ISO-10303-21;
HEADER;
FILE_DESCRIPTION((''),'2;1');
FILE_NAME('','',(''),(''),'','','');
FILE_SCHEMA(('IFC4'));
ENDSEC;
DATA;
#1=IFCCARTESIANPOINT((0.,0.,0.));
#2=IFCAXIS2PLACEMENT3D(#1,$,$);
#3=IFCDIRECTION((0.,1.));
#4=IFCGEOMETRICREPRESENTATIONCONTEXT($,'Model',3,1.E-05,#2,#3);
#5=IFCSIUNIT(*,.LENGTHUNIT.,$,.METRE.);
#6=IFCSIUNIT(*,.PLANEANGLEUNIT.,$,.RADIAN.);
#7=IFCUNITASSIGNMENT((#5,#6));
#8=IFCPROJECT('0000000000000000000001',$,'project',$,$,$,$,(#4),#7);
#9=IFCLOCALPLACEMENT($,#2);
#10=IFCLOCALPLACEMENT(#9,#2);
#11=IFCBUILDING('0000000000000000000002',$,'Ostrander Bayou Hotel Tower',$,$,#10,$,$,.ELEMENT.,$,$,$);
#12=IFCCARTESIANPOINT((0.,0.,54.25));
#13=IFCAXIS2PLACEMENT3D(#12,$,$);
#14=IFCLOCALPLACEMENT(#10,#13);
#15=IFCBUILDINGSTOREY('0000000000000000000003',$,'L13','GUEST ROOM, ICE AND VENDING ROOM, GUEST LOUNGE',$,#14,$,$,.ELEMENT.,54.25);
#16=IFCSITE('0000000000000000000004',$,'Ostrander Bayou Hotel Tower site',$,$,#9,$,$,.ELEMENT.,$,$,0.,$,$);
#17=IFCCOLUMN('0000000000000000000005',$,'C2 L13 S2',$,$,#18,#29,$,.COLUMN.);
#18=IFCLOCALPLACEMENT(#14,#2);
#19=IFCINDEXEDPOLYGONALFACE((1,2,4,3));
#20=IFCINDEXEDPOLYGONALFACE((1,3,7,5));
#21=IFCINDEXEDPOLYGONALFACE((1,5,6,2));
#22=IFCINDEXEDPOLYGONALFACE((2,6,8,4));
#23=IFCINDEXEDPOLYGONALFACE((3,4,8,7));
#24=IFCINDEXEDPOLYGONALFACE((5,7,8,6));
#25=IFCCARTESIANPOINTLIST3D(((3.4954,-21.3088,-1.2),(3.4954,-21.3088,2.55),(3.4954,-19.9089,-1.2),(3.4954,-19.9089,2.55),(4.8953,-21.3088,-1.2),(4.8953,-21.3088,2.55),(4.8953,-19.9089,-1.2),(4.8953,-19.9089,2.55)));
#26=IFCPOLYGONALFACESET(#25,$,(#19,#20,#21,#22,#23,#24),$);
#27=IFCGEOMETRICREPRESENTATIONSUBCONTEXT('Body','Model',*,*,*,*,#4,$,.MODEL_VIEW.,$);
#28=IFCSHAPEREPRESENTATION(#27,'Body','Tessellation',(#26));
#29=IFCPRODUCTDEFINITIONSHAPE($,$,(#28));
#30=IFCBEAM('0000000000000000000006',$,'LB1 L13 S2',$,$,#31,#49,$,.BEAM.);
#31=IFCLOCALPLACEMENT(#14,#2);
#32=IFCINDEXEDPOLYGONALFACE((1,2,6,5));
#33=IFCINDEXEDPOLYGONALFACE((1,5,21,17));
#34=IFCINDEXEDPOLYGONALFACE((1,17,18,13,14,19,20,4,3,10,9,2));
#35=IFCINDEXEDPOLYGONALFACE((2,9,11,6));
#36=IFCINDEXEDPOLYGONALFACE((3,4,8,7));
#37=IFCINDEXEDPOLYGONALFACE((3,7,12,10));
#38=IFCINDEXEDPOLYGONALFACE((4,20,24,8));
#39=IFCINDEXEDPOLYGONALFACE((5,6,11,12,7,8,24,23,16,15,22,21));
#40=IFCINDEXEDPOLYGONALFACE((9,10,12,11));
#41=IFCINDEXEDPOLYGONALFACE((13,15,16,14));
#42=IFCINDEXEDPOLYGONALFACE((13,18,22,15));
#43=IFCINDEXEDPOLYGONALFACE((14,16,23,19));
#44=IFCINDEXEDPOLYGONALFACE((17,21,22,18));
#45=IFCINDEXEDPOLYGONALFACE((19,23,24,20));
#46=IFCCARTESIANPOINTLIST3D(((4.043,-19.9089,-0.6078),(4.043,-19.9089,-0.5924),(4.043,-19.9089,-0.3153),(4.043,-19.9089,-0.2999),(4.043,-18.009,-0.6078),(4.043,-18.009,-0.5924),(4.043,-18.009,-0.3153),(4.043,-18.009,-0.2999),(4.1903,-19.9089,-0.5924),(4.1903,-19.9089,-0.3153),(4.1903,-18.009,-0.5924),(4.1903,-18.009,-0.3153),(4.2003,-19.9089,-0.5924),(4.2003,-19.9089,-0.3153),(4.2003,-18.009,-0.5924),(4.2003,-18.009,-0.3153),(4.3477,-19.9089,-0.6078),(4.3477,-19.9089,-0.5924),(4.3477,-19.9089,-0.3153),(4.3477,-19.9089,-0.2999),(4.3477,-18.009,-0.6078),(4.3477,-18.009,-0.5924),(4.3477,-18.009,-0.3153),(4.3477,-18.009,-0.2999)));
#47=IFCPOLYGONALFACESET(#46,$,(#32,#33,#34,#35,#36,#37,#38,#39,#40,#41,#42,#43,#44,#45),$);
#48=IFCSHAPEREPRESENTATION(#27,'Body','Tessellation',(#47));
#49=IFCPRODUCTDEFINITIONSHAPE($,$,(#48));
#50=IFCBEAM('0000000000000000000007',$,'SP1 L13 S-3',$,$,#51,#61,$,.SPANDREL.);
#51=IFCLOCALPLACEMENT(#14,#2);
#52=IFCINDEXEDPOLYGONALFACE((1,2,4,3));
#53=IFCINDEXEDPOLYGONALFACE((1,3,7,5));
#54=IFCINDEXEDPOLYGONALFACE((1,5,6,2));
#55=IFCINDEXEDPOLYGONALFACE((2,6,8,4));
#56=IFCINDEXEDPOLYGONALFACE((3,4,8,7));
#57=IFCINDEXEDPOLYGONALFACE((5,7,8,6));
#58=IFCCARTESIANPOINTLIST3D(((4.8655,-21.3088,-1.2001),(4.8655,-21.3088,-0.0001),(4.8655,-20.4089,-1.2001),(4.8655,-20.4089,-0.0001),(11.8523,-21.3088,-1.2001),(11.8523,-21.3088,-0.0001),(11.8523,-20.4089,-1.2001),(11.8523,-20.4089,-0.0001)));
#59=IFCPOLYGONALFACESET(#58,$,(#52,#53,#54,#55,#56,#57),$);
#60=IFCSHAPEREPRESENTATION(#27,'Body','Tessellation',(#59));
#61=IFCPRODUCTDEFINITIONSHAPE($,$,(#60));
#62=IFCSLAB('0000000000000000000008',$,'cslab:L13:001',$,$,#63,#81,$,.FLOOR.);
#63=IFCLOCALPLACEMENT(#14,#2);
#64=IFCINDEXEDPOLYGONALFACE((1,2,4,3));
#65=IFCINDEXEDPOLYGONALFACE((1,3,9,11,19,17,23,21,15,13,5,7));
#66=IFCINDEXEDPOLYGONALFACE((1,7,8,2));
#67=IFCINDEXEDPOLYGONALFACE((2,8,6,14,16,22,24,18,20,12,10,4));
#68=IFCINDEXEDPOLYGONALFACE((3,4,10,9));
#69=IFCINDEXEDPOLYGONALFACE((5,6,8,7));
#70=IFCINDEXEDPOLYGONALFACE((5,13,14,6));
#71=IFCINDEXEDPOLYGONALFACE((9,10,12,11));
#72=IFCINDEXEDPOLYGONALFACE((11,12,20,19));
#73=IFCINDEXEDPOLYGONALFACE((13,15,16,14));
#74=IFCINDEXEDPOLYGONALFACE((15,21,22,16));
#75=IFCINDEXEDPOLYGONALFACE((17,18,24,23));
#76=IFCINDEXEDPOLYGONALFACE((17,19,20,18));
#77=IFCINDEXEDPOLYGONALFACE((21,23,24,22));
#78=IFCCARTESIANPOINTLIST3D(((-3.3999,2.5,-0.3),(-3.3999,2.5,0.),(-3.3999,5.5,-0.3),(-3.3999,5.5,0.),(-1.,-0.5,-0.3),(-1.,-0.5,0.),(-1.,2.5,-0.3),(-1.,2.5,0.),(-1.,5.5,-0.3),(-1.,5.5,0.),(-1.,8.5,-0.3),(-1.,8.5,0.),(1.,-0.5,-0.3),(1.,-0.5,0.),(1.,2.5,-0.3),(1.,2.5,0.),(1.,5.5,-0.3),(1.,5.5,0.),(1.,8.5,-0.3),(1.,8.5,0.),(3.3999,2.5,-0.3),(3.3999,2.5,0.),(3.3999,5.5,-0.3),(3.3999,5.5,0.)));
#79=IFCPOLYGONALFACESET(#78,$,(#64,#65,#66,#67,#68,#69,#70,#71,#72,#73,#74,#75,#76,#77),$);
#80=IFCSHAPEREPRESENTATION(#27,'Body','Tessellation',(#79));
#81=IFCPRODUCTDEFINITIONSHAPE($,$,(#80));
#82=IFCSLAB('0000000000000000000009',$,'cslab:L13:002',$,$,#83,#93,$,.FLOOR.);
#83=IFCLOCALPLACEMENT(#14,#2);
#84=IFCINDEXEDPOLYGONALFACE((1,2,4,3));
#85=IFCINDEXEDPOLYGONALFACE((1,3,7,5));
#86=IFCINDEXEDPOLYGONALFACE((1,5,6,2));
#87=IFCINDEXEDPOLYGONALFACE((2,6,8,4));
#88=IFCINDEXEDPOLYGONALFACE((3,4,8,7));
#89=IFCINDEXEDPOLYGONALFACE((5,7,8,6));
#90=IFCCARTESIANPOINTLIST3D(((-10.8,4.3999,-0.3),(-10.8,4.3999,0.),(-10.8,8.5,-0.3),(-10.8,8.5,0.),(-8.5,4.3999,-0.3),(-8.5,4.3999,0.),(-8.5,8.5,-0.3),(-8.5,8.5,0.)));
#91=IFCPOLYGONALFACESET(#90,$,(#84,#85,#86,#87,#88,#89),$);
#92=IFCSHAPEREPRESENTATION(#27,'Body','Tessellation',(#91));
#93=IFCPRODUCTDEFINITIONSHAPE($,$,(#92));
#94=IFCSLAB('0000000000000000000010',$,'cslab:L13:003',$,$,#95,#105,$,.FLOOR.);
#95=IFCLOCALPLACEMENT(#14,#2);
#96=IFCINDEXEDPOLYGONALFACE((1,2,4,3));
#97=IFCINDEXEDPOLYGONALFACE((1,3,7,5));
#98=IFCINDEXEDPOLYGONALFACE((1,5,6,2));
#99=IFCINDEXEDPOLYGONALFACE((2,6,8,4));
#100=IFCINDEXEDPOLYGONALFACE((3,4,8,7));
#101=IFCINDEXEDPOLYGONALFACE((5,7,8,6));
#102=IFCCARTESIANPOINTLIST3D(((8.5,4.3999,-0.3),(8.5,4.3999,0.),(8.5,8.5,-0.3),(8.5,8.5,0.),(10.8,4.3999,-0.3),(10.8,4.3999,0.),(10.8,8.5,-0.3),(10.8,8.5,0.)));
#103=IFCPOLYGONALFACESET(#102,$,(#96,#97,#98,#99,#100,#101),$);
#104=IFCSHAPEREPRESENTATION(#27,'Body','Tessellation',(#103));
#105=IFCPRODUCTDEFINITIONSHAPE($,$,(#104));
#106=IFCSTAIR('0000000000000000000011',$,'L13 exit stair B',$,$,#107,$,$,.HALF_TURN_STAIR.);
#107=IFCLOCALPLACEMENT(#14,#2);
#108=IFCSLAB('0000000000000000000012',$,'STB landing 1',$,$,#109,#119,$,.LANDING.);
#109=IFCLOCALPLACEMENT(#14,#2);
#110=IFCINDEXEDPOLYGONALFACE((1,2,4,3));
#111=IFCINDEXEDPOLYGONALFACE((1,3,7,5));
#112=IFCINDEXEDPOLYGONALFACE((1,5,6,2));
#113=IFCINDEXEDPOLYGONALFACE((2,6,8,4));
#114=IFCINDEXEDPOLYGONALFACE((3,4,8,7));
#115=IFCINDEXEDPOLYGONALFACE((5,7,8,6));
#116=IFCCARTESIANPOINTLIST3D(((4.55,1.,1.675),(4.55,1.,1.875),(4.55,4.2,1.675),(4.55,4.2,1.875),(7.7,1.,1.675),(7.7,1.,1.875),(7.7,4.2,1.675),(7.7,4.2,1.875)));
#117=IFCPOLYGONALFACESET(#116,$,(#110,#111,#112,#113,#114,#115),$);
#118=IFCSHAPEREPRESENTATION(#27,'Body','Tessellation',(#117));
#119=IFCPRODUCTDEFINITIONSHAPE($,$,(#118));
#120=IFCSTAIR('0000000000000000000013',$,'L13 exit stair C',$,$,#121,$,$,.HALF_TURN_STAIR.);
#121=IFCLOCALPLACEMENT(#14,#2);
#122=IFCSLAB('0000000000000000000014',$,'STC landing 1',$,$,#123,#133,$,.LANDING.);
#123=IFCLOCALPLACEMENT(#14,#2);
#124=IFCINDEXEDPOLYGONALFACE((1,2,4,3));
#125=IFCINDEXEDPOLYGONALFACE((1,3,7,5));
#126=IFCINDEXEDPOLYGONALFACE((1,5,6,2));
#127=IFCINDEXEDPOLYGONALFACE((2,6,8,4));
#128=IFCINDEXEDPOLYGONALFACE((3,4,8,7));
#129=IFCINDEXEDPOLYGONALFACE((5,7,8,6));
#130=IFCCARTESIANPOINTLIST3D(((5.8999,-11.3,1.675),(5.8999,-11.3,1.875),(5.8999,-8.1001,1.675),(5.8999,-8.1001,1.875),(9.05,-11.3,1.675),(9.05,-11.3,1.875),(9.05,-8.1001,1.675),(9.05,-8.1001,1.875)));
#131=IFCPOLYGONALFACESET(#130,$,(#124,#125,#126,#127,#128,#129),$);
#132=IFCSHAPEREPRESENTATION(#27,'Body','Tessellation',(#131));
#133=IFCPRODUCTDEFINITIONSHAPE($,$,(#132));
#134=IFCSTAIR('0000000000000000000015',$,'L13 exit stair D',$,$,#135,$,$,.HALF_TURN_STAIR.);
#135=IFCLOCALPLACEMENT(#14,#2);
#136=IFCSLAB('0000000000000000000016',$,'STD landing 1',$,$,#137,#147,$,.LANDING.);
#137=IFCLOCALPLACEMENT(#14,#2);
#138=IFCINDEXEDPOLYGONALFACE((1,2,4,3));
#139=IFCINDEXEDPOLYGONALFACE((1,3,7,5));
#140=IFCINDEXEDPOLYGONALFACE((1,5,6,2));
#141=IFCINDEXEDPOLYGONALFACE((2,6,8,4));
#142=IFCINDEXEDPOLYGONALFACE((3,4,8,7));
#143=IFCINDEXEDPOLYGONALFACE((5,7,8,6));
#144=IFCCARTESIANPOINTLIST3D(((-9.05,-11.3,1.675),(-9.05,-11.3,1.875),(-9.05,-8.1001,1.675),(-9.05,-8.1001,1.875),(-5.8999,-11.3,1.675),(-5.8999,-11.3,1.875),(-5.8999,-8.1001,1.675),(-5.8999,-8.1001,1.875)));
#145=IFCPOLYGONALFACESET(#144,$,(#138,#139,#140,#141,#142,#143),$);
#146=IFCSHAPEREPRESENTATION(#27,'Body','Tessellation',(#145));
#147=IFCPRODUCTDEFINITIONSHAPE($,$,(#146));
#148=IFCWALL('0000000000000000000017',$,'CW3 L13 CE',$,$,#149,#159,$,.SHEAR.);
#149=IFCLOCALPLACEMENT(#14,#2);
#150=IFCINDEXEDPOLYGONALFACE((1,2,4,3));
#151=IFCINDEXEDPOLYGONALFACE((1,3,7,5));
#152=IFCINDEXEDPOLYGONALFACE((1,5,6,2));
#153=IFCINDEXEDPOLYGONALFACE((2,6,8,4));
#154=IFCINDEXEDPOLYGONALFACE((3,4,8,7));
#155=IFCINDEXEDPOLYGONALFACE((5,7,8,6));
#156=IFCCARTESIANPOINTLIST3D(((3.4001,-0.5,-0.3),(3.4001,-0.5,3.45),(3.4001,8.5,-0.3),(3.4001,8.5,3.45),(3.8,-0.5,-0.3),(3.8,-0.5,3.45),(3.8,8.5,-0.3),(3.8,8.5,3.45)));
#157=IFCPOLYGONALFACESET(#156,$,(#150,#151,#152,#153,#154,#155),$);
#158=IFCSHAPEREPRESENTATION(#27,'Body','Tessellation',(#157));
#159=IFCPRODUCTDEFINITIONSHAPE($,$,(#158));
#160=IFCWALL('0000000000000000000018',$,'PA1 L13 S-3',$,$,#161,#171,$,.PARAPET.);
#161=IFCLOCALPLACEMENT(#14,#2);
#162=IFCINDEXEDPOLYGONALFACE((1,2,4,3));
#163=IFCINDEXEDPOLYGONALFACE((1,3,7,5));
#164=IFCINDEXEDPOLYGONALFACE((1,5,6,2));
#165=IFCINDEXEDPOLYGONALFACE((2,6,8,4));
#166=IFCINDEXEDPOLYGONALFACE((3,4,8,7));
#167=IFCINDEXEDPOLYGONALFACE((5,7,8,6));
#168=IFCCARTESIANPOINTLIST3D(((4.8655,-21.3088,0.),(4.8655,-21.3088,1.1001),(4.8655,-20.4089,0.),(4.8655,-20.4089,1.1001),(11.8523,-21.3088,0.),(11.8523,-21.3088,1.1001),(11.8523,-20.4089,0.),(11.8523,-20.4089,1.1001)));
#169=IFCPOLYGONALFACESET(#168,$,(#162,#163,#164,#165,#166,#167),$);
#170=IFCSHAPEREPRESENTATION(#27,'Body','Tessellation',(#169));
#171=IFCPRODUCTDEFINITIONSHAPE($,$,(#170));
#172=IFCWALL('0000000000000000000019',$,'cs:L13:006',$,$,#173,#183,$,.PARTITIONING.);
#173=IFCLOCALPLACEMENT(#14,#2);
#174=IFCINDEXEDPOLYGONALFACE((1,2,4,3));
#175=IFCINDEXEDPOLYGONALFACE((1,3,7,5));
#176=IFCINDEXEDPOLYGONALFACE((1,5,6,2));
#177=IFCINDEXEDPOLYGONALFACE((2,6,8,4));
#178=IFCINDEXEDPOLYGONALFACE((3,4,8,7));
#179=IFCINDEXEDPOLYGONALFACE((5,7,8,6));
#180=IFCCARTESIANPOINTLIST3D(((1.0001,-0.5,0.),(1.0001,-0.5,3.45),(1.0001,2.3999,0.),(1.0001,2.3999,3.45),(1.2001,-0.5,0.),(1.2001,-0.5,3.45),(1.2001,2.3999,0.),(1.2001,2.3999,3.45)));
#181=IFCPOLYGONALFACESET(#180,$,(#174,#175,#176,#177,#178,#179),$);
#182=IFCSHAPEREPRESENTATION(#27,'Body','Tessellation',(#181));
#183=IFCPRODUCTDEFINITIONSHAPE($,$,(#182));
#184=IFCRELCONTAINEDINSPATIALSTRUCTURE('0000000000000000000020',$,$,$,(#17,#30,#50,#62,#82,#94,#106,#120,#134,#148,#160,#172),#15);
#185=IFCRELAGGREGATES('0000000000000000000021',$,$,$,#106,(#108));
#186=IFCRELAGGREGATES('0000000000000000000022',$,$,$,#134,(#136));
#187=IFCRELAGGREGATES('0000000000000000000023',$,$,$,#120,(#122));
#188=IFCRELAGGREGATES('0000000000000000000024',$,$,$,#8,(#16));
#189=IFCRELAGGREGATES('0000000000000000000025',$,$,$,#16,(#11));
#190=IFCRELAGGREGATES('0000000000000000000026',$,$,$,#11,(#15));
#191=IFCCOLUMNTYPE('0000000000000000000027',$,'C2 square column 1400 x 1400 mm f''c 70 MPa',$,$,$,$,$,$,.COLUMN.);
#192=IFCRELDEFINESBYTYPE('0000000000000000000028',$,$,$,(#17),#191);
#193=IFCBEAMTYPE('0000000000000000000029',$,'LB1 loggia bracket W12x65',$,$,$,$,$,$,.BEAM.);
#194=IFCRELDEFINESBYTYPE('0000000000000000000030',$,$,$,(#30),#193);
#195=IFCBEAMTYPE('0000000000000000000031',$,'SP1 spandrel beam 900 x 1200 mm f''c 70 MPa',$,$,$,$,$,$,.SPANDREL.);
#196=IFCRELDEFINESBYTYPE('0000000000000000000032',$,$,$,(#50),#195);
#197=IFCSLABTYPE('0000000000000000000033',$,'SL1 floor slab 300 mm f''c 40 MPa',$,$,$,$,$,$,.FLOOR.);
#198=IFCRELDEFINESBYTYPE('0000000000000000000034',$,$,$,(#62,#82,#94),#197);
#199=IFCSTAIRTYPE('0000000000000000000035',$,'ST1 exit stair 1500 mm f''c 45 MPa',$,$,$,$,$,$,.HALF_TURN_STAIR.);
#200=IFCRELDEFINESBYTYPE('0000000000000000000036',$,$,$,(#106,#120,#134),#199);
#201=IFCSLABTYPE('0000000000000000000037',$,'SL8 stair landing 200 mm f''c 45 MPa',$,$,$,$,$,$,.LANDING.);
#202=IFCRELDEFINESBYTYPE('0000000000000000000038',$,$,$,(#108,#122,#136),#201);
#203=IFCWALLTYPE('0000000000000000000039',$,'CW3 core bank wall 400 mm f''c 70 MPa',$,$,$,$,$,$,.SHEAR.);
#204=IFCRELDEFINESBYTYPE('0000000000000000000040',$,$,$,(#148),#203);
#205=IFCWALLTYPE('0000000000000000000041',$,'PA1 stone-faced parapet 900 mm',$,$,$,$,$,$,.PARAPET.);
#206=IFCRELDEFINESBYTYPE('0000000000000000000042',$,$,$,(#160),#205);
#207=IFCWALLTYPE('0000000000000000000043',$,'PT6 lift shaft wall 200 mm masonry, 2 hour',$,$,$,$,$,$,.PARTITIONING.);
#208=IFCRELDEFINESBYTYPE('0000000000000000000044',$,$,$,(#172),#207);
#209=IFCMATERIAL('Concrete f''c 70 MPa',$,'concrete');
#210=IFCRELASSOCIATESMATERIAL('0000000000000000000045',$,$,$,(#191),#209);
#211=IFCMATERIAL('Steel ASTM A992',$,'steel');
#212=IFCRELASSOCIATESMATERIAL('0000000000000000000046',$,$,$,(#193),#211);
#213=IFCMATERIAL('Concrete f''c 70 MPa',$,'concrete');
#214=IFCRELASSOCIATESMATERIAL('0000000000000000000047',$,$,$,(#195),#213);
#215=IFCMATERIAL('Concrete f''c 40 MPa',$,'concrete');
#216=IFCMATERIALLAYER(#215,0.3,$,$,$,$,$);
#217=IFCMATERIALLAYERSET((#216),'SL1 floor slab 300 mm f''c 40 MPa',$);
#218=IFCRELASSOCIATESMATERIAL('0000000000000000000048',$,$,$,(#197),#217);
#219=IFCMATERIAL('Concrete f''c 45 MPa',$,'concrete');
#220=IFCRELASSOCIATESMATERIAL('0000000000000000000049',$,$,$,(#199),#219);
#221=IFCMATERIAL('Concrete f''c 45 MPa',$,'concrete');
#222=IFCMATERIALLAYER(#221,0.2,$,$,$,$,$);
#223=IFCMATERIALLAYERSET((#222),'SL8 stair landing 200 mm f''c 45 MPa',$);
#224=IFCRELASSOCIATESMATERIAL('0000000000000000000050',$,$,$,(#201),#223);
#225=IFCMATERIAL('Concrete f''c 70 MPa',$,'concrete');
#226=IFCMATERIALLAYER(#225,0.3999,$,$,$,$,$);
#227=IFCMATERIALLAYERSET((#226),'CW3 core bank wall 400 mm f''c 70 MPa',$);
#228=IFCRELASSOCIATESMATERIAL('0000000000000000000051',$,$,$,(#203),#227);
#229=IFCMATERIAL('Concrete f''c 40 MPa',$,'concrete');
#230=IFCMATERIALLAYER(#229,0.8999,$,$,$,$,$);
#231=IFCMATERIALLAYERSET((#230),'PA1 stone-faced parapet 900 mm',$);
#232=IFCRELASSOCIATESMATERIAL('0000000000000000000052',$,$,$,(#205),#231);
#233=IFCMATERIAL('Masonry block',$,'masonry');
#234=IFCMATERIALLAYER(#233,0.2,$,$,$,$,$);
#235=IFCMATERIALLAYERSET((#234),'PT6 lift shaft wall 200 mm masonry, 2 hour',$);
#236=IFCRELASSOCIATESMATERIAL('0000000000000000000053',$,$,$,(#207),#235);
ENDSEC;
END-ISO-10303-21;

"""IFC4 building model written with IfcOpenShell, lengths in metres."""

from ifc_helpers import new_model, si_unit, direction, frame, frame_2d, origin, origin_2d, place, context, subcontext, project, spatial, polyline, rectangle, i_section, outline, extrude, material, layer, layer_set, material_profile, profile_set, type_object, element, aggregate, save


model = new_model("IFC4")

# Units and contexts
model_context = context("Model", 3, precision=1e-05, world=origin(), true_north=direction((0.0, 1.0)))
body_context = subcontext(model_context, "Body", "Model", "MODEL_VIEW")
ifc_project = project(units=[si_unit("LENGTHUNIT", "METRE"), si_unit("PLANEANGLEUNIT", "RADIAN")], contexts=[model_context])

# Site, building, storey
site_placement = place(None, origin())
site = spatial("IfcSite", under=ifc_project, at=site_placement, Name="Ostrander Bayou Hotel Tower site", CompositionType="ELEMENT", RefElevation=0.0)
building_placement = place(site_placement, origin())
building = spatial("IfcBuilding", under=site, at=building_placement, Name="Ostrander Bayou Hotel Tower", CompositionType="ELEMENT")
storey_placement = place(building_placement, frame((0.0, 0.0, 54.25)))
storey = spatial("IfcBuildingStorey", under=building, at=storey_placement, Name="L13", Description="GUEST ROOM, ICE AND VENDING ROOM, GUEST LOUNGE", CompositionType="ELEMENT", Elevation=54.25)

# Column
ifc_material_1 = material(Name="Concrete f'c 70 MPa", Category="concrete")
ifc_material_profile_1 = material_profile(ifc_material_1, rectangle(XDim=1.3999, YDim=1.3999, at=origin_2d()))
ifc_profile_set_1 = profile_set([ifc_material_profile_1], Name="Concrete f'c 70 MPa")
column_type = type_object("IfcColumnType", Name="C2 square column 1400 x 1400 mm f'c 70 MPa", PredefinedType="COLUMN", material=ifc_profile_set_1)
column_placement = place(storey_placement, frame((4.1953, -20.6089, -1.2), z_axis=(0.0, 0.0, 1.0), x_axis=(-1.0, 0.0, 0.0)))
element("IfcColumn", 1, at=column_placement, inside=storey, type_object=column_type, Name="C2 L13 S2", PredefinedType="COLUMN", context=body_context, shape_type="SweptSolid", body=[
    extrude(rectangle(XDim=1.3999, YDim=1.3999, at=origin_2d()), origin(), (0.0, 0.0, 1.0), 3.75),
])

# Beams
ifc_material_2 = material(Name="Steel ASTM A992", Category="steel")
ifc_material_profile_2 = material_profile(ifc_material_2, i_section(OverallWidth=0.3047, OverallDepth=0.3079, WebThickness=0.01, FlangeThickness=0.0154, at=origin_2d()))
ifc_profile_set_2 = profile_set([ifc_material_profile_2], Name="Steel ASTM A992")
beam_type_1 = type_object("IfcBeamType", Name="LB1 loggia bracket W12x65", PredefinedType="BEAM", material=ifc_profile_set_2)
beam_1_placement = place(storey_placement, frame((4.1953, -19.9089, -0.4539), z_axis=(0.0, 1.0, 0.0), x_axis=(-1.0, 0.0, 0.0)))
element("IfcBeam", 2, at=beam_1_placement, inside=storey, type_object=beam_type_1, Name="LB1 L13 S2", PredefinedType="BEAM", context=body_context, shape_type="SweptSolid", body=[
    extrude(i_section(OverallWidth=0.3047, OverallDepth=0.3079, WebThickness=0.01, FlangeThickness=0.0154, at=origin_2d()), origin(), (0.0, 0.0, 1.0), 1.8999),
])
ifc_material_3 = material(Name="Concrete f'c 70 MPa", Category="concrete")
ifc_material_profile_3 = material_profile(ifc_material_3, rectangle(XDim=0.8999, YDim=1.2, at=origin_2d()))
ifc_profile_set_3 = profile_set([ifc_material_profile_3], Name="Concrete f'c 70 MPa")
beam_type_2 = type_object("IfcBeamType", Name="SP1 spandrel beam 900 x 1200 mm f'c 70 MPa", PredefinedType="SPANDREL", material=ifc_profile_set_3)
beam_2_placement = place(storey_placement, frame((4.8655, -20.8589, -0.6001), z_axis=(1.0, 0.0, 0.0), x_axis=(0.0, 1.0, 0.0)))
element("IfcBeam", 3, at=beam_2_placement, inside=storey, type_object=beam_type_2, Name="SP1 L13 S-3", PredefinedType="SPANDREL", context=body_context, shape_type="SweptSolid", body=[
    extrude(rectangle(XDim=0.8999, YDim=1.2, at=origin_2d()), origin(), (0.0, 0.0, 1.0), 6.9868),
])

# Slabs
ifc_material_4 = material(Name="Concrete f'c 40 MPa", Category="concrete")
ifc_layer_1 = layer(ifc_material_4, 0.3)
ifc_layer_set_1 = layer_set([ifc_layer_1], Name="SL1 floor slab 300 mm f'c 40 MPa")
slab_type_1 = type_object("IfcSlabType", Name="SL1 floor slab 300 mm f'c 40 MPa", PredefinedType="FLOOR", material=ifc_layer_set_1)
slab_1_placement = place(storey_placement, frame((0.0, 0.0, -0.3)))
element("IfcSlab", 4, at=slab_1_placement, inside=storey, type_object=slab_type_1, Name="cslab:L13:001", PredefinedType="FLOOR", context=body_context, shape_type="SweptSolid", body=[
    extrude(outline(polyline([(-3.3999, 5.5), (-1.0, 5.5), (-1.0, 8.5), (1.0, 8.5), (1.0, 5.5), (3.3999, 5.5), (3.3999, 2.5), (1.0, 2.5), (1.0, -0.5), (-1.0, -0.5), (-1.0, 2.5), (-3.3999, 2.5), (-3.3999, 5.5)])), origin(), (0.0, 0.0, 1.0), 0.3),
])
slab_2_placement = place(storey_placement, frame((0.0, 0.0, -0.3)))
element("IfcSlab", 5, at=slab_2_placement, inside=storey, type_object=slab_type_1, Name="cslab:L13:002", PredefinedType="FLOOR", context=body_context, shape_type="SweptSolid", body=[
    extrude(outline(polyline([(-8.5, 4.3999), (-8.5, 8.5), (-10.8, 8.5), (-10.8, 4.3999), (-8.5, 4.3999)])), origin(), (0.0, 0.0, 1.0), 0.3),
])
slab_3_placement = place(storey_placement, frame((0.0, 0.0, -0.3)))
element("IfcSlab", 6, at=slab_3_placement, inside=storey, type_object=slab_type_1, Name="cslab:L13:003", PredefinedType="FLOOR", context=body_context, shape_type="SweptSolid", body=[
    extrude(outline(polyline([(10.8, 4.3999), (10.8, 8.5), (8.5, 8.5), (8.5, 4.3999), (10.8, 4.3999)])), origin(), (0.0, 0.0, 1.0), 0.3),
])

# Stairs, slabs
ifc_material_5 = material(Name="Concrete f'c 45 MPa", Category="concrete")
stair_type = type_object("IfcStairType", Name="ST1 exit stair 1500 mm f'c 45 MPa", PredefinedType="HALF_TURN_STAIR", material=ifc_material_5)
stair_1_placement = place(storey_placement, origin())
stair_1 = element("IfcStair", 7, at=stair_1_placement, inside=storey, type_object=stair_type, Name="L13 exit stair B", PredefinedType="HALF_TURN_STAIR")
ifc_material_6 = material(Name="Concrete f'c 45 MPa", Category="concrete")
ifc_layer_2 = layer(ifc_material_6, 0.2)
ifc_layer_set_2 = layer_set([ifc_layer_2], Name="SL8 stair landing 200 mm f'c 45 MPa")
slab_type_2 = type_object("IfcSlabType", Name="SL8 stair landing 200 mm f'c 45 MPa", PredefinedType="LANDING", material=ifc_layer_set_2)
slab_4_placement = place(storey_placement, frame((0.0, 0.0, 1.675)))
slab_4 = element("IfcSlab", 8, at=slab_4_placement, type_object=slab_type_2, Name="STB landing 1", PredefinedType="LANDING", context=body_context, shape_type="SweptSolid", body=[
    extrude(outline(polyline([(4.55, 4.2), (4.55, 1.0), (7.7, 1.0), (7.7, 4.2), (4.55, 4.2)])), origin(), (0.0, 0.0, 1.0), 0.2),
])
aggregate(stair_1, [slab_4])
stair_2_placement = place(storey_placement, origin())
stair_2 = element("IfcStair", 9, at=stair_2_placement, inside=storey, type_object=stair_type, Name="L13 exit stair C", PredefinedType="HALF_TURN_STAIR")
slab_5_placement = place(storey_placement, frame((0.0, 0.0, 1.675)))
slab_5 = element("IfcSlab", 10, at=slab_5_placement, type_object=slab_type_2, Name="STC landing 1", PredefinedType="LANDING", context=body_context, shape_type="SweptSolid", body=[
    extrude(outline(polyline([(5.8999, -8.1001), (5.8999, -11.3), (9.05, -11.3), (9.05, -8.1001), (5.8999, -8.1001)])), origin(), (0.0, 0.0, 1.0), 0.2),
])
stair_3_placement = place(storey_placement, origin())
stair_3 = element("IfcStair", 11, at=stair_3_placement, inside=storey, type_object=stair_type, Name="L13 exit stair D", PredefinedType="HALF_TURN_STAIR")
slab_6_placement = place(storey_placement, frame((0.0, 0.0, 1.675)))
slab_6 = element("IfcSlab", 12, at=slab_6_placement, type_object=slab_type_2, Name="STD landing 1", PredefinedType="LANDING", context=body_context, shape_type="SweptSolid", body=[
    extrude(outline(polyline([(-9.05, -8.1001), (-9.05, -11.3), (-5.8999, -11.3), (-5.8999, -8.1001), (-9.05, -8.1001)])), origin(), (0.0, 0.0, 1.0), 0.2),
])
aggregate(stair_3, [slab_6])

# Walls
ifc_material_7 = material(Name="Concrete f'c 70 MPa", Category="concrete")
ifc_layer_3 = layer(ifc_material_7, 0.3999)
ifc_layer_set_3 = layer_set([ifc_layer_3], Name="CW3 core bank wall 400 mm f'c 70 MPa")
wall_type_1 = type_object("IfcWallType", Name="CW3 core bank wall 400 mm f'c 70 MPa", PredefinedType="SHEAR", material=ifc_layer_set_3)
wall_1_placement = place(storey_placement, frame((3.6001, -0.5, -0.3), z_axis=(0.0, 0.0, 1.0), x_axis=(0.0, 1.0, 0.0)))
element("IfcWall", 13, at=wall_1_placement, inside=storey, type_object=wall_type_1, Name="CW3 L13 CE", PredefinedType="SHEAR", context=body_context, shape_type="SweptSolid", body=[
    extrude(rectangle(XDim=9.0, YDim=0.3999, at=frame_2d((4.5, 0.0))), origin(), (0.0, 0.0, 1.0), 3.75),
])
ifc_material_8 = material(Name="Concrete f'c 40 MPa", Category="concrete")
ifc_layer_4 = layer(ifc_material_8, 0.8999)
ifc_layer_set_4 = layer_set([ifc_layer_4], Name="PA1 stone-faced parapet 900 mm")
wall_type_2 = type_object("IfcWallType", Name="PA1 stone-faced parapet 900 mm", PredefinedType="PARAPET", material=ifc_layer_set_4)
wall_2_placement = place(storey_placement, frame((4.8655, -20.8589, 0.0), z_axis=(0.0, 0.0, 1.0), x_axis=(1.0, 0.0, 0.0)))
element("IfcWall", 14, at=wall_2_placement, inside=storey, type_object=wall_type_2, Name="PA1 L13 S-3", PredefinedType="PARAPET", context=body_context, shape_type="SweptSolid", body=[
    extrude(rectangle(XDim=6.9868, YDim=0.8999, at=frame_2d((3.4934, 0.0))), origin(), (0.0, 0.0, 1.0), 1.1001),
])
ifc_material_9 = material(Name="Masonry block", Category="masonry")
ifc_layer_5 = layer(ifc_material_9, 0.2)
ifc_layer_set_5 = layer_set([ifc_layer_5], Name="PT6 lift shaft wall 200 mm masonry, 2 hour")
wall_type_3 = type_object("IfcWallType", Name="PT6 lift shaft wall 200 mm masonry, 2 hour", PredefinedType="PARTITIONING", material=ifc_layer_set_5)
wall_3_placement = place(storey_placement, frame((1.1001, -0.5, 0.0), z_axis=(0.0, 0.0, 1.0), x_axis=(0.0, 1.0, 0.0)))
element("IfcWall", 15, at=wall_3_placement, inside=storey, type_object=wall_type_3, Name="cs:L13:006", PredefinedType="PARTITIONING", context=body_context, shape_type="SweptSolid", body=[
    extrude(rectangle(XDim=2.8999, YDim=0.2, at=frame_2d((1.45, 0.0))), origin(), (0.0, 0.0, 1.0), 3.45),
])

aggregate(stair_2, [slab_5])

save(model, "model.ifc")
